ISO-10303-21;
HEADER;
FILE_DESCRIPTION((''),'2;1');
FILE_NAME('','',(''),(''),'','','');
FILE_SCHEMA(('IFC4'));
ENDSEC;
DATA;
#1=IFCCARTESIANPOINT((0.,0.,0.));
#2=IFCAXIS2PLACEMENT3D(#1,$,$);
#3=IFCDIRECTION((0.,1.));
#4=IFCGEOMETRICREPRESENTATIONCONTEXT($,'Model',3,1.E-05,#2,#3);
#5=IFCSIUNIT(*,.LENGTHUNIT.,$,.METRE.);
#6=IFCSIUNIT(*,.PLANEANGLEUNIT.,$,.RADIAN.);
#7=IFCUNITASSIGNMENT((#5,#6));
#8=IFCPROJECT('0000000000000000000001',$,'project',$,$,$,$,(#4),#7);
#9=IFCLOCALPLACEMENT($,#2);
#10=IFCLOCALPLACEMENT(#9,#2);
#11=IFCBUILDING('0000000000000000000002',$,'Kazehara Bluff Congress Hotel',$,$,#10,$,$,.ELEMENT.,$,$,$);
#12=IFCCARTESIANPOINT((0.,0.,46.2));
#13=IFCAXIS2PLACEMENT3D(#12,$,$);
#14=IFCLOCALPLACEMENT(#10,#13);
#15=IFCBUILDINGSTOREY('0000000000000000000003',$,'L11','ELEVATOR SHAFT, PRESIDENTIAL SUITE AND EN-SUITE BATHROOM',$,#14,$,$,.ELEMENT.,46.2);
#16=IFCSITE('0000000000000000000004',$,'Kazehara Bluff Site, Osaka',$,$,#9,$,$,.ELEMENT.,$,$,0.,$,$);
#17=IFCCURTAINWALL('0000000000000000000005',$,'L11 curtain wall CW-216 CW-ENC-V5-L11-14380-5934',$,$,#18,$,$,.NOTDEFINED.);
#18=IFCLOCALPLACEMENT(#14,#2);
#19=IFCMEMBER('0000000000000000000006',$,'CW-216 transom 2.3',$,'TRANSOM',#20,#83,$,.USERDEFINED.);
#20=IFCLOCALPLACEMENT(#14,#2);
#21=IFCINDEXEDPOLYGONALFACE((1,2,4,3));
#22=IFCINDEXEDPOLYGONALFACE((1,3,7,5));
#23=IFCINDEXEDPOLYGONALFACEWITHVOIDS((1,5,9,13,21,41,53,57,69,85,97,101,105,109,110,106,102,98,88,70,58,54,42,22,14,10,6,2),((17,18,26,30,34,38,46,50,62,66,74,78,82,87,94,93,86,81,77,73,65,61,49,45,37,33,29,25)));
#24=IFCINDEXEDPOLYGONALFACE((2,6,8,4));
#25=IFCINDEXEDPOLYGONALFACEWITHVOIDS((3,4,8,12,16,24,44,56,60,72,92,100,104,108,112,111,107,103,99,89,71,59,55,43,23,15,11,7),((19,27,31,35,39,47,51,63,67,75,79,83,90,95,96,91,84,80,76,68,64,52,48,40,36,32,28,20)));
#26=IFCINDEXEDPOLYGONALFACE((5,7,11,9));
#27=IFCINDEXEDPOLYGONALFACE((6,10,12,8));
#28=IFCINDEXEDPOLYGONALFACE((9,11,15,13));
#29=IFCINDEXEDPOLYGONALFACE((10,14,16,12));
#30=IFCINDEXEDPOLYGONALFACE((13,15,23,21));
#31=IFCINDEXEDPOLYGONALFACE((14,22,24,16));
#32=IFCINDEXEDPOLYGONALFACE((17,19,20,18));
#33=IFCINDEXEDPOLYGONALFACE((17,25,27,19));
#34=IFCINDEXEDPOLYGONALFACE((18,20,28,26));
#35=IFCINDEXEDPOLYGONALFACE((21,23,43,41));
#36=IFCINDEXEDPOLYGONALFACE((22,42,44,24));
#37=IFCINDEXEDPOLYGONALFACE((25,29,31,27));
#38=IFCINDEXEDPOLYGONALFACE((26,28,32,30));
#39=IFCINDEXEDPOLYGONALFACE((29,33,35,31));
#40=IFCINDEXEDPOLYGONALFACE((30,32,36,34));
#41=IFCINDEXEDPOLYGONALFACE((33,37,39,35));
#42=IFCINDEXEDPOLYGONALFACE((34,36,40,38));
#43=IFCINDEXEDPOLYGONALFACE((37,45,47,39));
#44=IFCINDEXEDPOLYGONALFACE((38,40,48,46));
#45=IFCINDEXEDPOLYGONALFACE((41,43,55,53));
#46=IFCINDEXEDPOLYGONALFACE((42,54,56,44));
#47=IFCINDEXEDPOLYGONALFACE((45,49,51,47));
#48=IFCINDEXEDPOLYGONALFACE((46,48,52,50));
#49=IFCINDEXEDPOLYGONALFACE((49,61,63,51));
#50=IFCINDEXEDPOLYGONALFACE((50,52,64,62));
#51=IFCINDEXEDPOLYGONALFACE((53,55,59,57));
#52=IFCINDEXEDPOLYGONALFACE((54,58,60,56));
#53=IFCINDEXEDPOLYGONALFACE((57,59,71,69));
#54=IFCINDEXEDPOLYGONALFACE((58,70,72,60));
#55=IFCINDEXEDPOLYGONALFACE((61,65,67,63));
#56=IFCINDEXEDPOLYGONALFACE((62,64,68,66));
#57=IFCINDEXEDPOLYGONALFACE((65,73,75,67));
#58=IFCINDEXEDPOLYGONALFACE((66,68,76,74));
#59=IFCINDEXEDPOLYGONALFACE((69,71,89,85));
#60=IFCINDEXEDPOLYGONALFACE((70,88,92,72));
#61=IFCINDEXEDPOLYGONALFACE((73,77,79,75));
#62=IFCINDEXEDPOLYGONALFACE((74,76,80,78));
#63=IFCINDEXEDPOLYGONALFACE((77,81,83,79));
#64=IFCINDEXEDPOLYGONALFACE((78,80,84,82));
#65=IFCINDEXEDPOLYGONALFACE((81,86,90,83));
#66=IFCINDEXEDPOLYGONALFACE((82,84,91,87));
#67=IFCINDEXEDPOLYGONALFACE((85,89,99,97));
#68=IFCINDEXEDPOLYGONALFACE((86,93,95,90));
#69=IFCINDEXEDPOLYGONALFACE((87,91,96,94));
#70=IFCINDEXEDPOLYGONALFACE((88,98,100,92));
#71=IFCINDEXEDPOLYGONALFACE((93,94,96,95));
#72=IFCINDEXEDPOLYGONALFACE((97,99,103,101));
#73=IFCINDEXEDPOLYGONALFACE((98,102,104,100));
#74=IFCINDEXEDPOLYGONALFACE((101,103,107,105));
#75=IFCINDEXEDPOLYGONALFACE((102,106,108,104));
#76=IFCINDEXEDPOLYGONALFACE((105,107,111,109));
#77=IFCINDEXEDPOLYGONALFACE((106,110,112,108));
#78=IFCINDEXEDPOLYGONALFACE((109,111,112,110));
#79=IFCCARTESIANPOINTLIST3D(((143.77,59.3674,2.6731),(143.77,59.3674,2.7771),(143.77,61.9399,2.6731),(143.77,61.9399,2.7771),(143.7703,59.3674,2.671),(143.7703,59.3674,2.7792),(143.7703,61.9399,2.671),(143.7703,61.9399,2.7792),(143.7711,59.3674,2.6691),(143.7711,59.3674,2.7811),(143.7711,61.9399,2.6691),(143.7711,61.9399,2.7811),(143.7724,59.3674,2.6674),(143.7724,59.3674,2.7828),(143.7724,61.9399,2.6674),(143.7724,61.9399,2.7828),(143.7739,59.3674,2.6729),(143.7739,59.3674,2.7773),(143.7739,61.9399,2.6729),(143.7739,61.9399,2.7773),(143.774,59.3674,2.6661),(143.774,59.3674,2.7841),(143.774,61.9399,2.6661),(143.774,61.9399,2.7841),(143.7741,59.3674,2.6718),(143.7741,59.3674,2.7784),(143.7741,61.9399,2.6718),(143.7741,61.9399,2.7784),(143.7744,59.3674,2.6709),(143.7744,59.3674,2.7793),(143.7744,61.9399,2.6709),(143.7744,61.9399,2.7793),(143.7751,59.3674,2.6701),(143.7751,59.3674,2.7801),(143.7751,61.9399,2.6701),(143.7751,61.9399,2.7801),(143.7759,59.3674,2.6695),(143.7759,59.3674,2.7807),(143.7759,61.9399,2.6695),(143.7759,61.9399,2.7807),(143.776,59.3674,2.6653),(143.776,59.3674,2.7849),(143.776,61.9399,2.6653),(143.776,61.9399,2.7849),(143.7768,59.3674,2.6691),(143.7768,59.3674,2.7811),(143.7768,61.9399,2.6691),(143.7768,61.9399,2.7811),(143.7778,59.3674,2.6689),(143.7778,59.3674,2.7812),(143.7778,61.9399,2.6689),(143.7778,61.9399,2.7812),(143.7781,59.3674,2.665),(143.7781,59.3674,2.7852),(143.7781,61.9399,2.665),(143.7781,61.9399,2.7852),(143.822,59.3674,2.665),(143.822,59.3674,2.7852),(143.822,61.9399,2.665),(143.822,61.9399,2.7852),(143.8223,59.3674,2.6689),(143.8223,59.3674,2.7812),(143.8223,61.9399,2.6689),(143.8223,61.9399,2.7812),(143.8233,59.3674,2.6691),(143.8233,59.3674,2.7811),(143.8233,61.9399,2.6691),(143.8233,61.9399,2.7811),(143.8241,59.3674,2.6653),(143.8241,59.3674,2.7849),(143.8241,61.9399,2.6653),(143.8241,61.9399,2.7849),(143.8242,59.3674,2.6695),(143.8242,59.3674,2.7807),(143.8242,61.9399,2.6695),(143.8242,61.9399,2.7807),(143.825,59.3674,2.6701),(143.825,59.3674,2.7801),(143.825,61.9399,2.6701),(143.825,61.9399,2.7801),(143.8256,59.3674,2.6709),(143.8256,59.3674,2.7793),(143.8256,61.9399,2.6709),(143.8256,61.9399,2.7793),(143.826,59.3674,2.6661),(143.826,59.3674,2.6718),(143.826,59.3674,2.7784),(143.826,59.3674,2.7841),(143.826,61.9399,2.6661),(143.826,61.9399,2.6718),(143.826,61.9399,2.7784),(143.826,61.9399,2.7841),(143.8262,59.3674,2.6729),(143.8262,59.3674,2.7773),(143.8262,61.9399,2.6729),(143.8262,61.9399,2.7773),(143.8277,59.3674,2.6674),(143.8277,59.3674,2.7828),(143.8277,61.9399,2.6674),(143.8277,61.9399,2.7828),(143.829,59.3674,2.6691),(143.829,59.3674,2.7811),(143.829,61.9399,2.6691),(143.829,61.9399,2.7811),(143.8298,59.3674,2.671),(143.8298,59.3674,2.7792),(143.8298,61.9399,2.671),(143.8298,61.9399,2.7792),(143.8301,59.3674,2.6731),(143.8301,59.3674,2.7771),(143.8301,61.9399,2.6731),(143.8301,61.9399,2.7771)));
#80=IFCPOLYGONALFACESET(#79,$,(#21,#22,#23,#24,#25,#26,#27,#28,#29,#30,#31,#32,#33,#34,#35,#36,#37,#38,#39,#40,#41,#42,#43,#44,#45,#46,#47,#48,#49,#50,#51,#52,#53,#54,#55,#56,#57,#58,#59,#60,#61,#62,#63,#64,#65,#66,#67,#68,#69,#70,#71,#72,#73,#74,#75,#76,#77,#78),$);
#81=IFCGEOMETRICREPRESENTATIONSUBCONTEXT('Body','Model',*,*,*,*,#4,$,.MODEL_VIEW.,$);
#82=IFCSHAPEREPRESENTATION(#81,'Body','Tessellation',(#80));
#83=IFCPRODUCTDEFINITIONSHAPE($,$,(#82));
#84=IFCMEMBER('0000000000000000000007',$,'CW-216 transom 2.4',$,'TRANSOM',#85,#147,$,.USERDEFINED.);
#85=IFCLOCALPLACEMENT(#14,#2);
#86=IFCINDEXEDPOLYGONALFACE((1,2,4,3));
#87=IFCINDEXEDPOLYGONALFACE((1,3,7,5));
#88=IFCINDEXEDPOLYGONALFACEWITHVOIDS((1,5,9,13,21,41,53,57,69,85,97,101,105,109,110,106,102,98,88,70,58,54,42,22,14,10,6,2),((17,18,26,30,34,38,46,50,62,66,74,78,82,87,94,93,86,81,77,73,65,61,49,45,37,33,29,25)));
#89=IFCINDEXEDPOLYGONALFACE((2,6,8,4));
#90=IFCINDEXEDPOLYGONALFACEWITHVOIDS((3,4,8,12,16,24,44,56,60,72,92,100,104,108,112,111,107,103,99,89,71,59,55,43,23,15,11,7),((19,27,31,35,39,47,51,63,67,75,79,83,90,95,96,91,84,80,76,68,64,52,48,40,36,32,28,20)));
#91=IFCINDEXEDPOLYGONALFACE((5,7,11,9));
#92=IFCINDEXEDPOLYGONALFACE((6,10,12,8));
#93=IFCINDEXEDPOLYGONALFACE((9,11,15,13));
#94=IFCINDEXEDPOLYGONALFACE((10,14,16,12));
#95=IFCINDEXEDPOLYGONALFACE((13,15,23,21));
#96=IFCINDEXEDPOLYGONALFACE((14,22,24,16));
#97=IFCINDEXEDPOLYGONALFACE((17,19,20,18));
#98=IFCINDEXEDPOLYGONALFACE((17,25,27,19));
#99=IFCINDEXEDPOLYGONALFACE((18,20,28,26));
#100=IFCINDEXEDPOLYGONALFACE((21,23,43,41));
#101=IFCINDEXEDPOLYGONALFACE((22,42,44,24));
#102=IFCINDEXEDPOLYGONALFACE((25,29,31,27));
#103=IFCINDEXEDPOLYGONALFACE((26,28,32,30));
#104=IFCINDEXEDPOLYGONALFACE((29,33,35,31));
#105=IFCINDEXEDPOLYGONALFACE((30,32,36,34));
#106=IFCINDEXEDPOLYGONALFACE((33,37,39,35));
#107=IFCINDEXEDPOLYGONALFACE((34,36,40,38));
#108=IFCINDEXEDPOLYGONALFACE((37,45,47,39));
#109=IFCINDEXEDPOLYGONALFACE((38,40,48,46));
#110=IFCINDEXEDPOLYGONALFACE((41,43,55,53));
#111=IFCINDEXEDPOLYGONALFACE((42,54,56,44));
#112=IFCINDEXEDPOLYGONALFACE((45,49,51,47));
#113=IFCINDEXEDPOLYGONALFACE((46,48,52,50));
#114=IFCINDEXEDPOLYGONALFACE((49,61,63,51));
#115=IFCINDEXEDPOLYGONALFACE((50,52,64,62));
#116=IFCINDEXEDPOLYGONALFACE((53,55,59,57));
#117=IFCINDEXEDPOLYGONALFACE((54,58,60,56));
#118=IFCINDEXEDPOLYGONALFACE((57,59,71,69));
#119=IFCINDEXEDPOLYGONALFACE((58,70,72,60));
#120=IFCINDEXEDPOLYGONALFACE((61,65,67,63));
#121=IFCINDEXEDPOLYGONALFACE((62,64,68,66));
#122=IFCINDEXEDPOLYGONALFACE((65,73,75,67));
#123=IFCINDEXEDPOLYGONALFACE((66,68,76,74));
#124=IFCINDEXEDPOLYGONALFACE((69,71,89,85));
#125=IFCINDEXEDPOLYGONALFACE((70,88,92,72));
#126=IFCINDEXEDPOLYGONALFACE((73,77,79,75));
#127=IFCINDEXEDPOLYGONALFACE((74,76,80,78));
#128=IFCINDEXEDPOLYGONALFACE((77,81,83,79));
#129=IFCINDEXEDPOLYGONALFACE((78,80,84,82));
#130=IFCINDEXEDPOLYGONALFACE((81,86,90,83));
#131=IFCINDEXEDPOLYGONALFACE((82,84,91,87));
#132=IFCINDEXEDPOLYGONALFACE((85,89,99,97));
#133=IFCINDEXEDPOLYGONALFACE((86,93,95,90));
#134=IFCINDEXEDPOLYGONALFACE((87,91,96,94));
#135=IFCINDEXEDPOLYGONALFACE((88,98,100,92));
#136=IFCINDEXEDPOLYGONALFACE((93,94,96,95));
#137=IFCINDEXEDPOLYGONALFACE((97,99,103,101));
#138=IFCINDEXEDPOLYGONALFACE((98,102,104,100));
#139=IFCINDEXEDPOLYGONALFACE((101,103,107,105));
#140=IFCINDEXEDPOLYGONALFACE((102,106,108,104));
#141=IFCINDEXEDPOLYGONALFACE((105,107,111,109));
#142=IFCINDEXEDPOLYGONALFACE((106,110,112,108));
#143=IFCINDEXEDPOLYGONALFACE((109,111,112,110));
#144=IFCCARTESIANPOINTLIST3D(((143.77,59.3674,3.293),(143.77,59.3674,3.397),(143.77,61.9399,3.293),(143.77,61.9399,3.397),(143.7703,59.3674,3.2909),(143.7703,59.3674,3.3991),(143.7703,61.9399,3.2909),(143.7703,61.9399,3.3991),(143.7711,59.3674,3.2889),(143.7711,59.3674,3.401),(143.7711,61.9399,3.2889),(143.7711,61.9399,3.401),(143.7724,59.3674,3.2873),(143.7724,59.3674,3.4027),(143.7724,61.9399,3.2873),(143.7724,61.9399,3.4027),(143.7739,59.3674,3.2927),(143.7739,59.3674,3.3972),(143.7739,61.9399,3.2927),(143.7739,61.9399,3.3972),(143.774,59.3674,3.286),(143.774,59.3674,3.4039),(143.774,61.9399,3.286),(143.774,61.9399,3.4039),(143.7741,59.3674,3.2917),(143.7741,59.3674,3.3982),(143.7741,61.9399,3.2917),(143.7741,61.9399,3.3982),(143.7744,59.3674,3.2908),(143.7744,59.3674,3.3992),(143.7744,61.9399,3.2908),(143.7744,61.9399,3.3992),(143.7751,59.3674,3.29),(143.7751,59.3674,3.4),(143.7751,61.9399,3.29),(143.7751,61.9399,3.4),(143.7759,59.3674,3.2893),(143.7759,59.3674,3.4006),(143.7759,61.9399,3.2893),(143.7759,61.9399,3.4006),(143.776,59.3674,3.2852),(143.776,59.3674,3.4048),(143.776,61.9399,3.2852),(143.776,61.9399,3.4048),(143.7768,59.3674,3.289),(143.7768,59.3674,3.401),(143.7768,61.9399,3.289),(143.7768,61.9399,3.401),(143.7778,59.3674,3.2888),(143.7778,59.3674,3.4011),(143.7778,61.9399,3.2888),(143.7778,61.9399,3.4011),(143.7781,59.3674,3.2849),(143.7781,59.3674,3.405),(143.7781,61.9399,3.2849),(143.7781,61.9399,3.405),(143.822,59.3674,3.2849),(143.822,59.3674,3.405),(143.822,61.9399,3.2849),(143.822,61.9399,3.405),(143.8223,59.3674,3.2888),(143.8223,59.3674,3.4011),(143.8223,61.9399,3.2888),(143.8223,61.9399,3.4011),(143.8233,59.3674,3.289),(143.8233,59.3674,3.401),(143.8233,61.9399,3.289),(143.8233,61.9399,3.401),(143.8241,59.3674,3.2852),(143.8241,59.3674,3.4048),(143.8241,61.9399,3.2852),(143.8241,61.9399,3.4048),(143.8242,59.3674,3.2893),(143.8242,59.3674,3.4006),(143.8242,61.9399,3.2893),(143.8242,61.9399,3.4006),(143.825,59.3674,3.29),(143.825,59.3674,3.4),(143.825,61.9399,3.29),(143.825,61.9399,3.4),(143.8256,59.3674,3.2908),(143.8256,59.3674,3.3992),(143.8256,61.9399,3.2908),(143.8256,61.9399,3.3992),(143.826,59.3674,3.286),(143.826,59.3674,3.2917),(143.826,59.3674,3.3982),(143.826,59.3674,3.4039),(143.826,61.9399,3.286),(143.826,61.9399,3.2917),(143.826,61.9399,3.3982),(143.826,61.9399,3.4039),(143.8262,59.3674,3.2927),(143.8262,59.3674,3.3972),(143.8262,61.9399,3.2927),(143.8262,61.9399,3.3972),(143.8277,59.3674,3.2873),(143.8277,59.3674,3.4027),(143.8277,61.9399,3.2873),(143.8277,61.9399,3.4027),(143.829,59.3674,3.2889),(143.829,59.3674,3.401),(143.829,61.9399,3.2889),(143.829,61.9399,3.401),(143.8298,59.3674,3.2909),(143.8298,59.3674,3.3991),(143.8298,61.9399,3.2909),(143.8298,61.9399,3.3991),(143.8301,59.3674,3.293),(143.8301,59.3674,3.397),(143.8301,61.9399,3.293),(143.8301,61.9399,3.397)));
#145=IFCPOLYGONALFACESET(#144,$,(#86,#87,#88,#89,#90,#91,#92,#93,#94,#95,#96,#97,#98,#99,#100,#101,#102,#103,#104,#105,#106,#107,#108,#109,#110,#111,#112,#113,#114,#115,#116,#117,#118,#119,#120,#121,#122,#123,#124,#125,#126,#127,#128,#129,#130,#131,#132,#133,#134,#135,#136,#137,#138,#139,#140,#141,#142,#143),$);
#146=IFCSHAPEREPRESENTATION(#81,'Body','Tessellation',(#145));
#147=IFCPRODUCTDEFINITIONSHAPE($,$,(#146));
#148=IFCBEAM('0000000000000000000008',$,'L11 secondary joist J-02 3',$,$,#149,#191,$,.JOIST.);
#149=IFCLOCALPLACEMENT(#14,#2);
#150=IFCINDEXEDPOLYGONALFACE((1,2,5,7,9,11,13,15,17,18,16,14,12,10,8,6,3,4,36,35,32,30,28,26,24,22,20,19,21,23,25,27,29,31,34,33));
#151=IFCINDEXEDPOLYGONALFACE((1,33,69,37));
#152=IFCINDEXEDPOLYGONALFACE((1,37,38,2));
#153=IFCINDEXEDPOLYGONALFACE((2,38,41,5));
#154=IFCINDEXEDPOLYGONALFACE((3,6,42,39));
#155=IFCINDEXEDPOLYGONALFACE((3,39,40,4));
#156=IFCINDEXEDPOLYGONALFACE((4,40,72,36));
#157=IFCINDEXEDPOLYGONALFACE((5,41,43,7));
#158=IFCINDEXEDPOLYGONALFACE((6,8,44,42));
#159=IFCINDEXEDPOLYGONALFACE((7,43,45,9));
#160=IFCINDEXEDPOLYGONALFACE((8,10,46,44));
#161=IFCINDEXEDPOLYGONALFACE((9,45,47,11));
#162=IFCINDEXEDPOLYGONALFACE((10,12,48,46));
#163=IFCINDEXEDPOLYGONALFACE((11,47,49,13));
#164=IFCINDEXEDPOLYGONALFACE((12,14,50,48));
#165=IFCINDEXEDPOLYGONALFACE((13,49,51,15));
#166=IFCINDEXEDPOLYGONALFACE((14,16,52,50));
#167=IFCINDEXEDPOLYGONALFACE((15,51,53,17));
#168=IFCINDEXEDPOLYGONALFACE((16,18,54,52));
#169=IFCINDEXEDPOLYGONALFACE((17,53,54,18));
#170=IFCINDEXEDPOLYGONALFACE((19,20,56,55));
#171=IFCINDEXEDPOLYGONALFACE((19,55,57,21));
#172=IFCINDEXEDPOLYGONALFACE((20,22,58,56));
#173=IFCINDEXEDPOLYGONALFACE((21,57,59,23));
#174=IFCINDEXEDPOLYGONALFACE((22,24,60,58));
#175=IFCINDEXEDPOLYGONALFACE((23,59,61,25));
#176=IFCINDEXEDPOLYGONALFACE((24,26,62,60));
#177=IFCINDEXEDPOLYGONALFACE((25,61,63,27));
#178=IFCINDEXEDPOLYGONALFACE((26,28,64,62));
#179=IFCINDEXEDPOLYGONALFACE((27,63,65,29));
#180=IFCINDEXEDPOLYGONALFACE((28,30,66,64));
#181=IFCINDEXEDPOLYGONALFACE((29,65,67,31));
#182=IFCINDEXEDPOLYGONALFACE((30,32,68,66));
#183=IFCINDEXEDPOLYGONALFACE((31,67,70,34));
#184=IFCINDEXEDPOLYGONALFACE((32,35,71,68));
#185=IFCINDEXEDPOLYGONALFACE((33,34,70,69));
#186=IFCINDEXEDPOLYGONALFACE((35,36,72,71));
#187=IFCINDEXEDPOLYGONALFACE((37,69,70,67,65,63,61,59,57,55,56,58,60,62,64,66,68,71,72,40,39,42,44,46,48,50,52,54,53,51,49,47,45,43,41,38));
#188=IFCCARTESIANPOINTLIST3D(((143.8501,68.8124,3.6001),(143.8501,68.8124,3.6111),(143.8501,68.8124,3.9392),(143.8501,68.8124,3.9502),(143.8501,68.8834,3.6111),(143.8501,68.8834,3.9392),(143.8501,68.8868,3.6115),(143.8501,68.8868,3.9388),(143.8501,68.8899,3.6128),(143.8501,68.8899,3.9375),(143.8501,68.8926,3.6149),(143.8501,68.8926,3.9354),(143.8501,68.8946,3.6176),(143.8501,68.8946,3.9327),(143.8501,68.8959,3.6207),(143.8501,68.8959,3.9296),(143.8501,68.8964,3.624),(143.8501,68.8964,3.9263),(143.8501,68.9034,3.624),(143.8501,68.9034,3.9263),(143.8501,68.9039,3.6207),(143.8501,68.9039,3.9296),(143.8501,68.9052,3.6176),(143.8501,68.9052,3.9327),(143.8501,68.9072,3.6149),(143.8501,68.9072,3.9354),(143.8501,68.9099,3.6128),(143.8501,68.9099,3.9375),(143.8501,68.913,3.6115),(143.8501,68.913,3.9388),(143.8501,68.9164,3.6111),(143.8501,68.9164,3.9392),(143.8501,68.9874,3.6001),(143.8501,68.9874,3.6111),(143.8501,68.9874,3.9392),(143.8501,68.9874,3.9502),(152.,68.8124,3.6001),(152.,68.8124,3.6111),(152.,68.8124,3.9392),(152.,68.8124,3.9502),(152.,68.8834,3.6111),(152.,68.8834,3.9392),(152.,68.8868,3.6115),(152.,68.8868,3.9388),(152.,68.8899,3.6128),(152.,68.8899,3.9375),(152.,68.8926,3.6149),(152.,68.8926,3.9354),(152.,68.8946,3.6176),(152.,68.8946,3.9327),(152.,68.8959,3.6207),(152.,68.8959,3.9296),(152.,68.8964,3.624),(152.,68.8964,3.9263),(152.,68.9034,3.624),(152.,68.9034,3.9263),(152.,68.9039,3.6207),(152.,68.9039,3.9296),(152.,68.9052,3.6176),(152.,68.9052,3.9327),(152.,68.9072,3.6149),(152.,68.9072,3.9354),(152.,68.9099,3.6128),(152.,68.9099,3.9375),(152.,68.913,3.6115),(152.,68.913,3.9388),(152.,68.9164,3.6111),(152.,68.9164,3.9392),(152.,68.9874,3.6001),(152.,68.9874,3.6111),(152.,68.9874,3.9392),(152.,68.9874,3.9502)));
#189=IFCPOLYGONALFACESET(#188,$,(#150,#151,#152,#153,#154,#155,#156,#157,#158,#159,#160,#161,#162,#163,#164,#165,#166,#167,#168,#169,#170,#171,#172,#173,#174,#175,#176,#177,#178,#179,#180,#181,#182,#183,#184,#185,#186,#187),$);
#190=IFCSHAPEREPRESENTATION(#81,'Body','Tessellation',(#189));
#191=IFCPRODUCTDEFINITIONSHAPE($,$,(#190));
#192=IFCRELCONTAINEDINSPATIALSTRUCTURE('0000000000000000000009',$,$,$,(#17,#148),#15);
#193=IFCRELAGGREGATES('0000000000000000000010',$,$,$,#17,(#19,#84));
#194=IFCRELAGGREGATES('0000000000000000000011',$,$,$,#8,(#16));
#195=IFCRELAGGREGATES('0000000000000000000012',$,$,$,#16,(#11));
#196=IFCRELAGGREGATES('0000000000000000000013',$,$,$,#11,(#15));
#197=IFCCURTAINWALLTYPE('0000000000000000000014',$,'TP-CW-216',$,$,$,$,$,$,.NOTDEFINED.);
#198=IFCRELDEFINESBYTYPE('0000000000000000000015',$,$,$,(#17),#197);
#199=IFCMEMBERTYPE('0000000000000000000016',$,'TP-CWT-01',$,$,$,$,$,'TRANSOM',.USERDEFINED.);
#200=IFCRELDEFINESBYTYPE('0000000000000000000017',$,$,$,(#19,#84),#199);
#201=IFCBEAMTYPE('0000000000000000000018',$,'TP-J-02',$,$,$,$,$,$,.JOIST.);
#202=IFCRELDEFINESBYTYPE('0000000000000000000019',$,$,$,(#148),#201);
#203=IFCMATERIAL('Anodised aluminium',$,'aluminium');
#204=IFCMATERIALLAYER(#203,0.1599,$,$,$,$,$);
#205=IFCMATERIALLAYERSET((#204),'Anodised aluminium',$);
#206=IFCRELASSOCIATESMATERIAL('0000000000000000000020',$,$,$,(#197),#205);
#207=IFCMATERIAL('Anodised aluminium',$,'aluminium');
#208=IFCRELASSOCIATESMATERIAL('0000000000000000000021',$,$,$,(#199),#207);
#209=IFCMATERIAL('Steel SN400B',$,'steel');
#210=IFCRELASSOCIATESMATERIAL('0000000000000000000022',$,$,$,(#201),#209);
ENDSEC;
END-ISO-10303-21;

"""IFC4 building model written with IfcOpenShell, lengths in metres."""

from ifc_helpers import new_model, si_unit, direction, frame, origin, origin_2d, place, context, subcontext, project, spatial, hollow_rectangle, i_section, extrude, material, layer, layer_set, material_profile, profile_set, type_object, element, aggregate, save


model = new_model("IFC4")

# Units and contexts
model_context = context("Model", 3, precision=1e-05, world=origin(), true_north=direction((0.0, 1.0)))
body_context = subcontext(model_context, "Body", "Model", "MODEL_VIEW")
ifc_project = project(units=[si_unit("LENGTHUNIT", "METRE"), si_unit("PLANEANGLEUNIT", "RADIAN")], contexts=[model_context])

# Site, building, storey
site_placement = place(None, origin())
site = spatial("IfcSite", under=ifc_project, at=site_placement, Name="Kazehara Bluff Site, Osaka", CompositionType="ELEMENT", RefElevation=0.0)
building_placement = place(site_placement, origin())
building = spatial("IfcBuilding", under=site, at=building_placement, Name="Kazehara Bluff Congress Hotel", CompositionType="ELEMENT")
storey_placement = place(building_placement, frame((0.0, 0.0, 46.2)))
storey = spatial("IfcBuildingStorey", under=building, at=storey_placement, Name="L11", Description="ELEVATOR SHAFT, PRESIDENTIAL SUITE AND EN-SUITE BATHROOM", CompositionType="ELEMENT", Elevation=46.2)

# Curtain wall, members
ifc_material_1 = material(Name="Anodised aluminium", Category="aluminium")
ifc_layer_1 = layer(ifc_material_1, 0.1599)
ifc_layer_set_1 = layer_set([ifc_layer_1], Name="Anodised aluminium")
curtain_wall_type_1 = type_object("IfcCurtainWallType", Name="TP-CW-216", PredefinedType="NOTDEFINED", material=ifc_layer_set_1)
curtain_wall_1_placement = place(storey_placement, origin())
curtain_wall_1 = element("IfcCurtainWall", 1, at=curtain_wall_1_placement, inside=storey, type_object=curtain_wall_type_1, Name="L11 curtain wall CW-216 CW-ENC-V5-L11-14380-5934", PredefinedType="NOTDEFINED")
ifc_material_2 = material(Name="Anodised aluminium", Category="aluminium")
ifc_material_profile_1 = material_profile(ifc_material_2, hollow_rectangle(XDim=0.0601, YDim=0.1201, WallThickness=0.0039, InnerFilletRadius=0.0039, OuterFilletRadius=0.0081, at=origin_2d()))
ifc_profile_set_1 = profile_set([ifc_material_profile_1], Name="Anodised aluminium")
member_type_1 = type_object("IfcMemberType", Name="TP-CWT-01", ElementType="TRANSOM", PredefinedType="USERDEFINED", material=ifc_profile_set_1)
member_1_placement = place(storey_placement, frame((143.8, 59.3674, 2.7251), z_axis=(0.0, 1.0, 0.0), x_axis=(-1.0, 0.0, 0.0)))
member_1 = element("IfcMember", 2, at=member_1_placement, type_object=member_type_1, Name="CW-216 transom 2.3", ObjectType="TRANSOM", PredefinedType="USERDEFINED", context=body_context, shape_type="SweptSolid", body=[
    extrude(hollow_rectangle(XDim=0.0601, YDim=0.1201, WallThickness=0.0039, InnerFilletRadius=0.0039, OuterFilletRadius=0.0081, at=origin_2d()), origin(), (0.0, 0.0, 1.0), 2.5725),
])
member_2_placement = place(storey_placement, frame((143.8, 59.3674, 3.345), z_axis=(0.0, 1.0, 0.0), x_axis=(-1.0, 0.0, 0.0)))
member_2 = element("IfcMember", 3, at=member_2_placement, type_object=member_type_1, Name="CW-216 transom 2.4", ObjectType="TRANSOM", PredefinedType="USERDEFINED", context=body_context, shape_type="SweptSolid", body=[
    extrude(hollow_rectangle(XDim=0.0601, YDim=0.1201, WallThickness=0.0039, InnerFilletRadius=0.0039, OuterFilletRadius=0.0081, at=origin_2d()), origin(), (0.0, 0.0, 1.0), 2.5725),
])

# Beam
ifc_material_3 = material(Name="Steel SN400B", Category="steel")
ifc_material_profile_2 = material_profile(ifc_material_3, i_section(OverallWidth=0.175, OverallDepth=0.3501, WebThickness=0.0071, FlangeThickness=0.011, FilletRadius=0.0129, at=origin_2d()))
ifc_profile_set_2 = profile_set([ifc_material_profile_2], Name="Steel SN400B")
beam_type = type_object("IfcBeamType", Name="TP-J-02", PredefinedType="JOIST", material=ifc_profile_set_2)
for number, where, z_axis, x_axis, name in (
    (4, (143.8501, 68.8999, 3.7751), (1.0, 0.0, 0.0), (0.0, 1.0, 0.0), "L11 secondary joist J-02 3"),
):
    element("IfcBeam", number, at=place(storey_placement, frame(where, z_axis=z_axis, x_axis=x_axis)), inside=storey, type_object=beam_type, Name=name, PredefinedType="JOIST", context=body_context, shape_type="SweptSolid", body=[
        extrude(i_section(OverallWidth=0.175, OverallDepth=0.3501, WebThickness=0.0071, FlangeThickness=0.011, FilletRadius=0.0129, at=origin_2d()), origin(), (0.0, 0.0, 1.0), 8.1499),
    ])

aggregate(curtain_wall_1, [member_1, member_2])

save(model, "model.ifc")
